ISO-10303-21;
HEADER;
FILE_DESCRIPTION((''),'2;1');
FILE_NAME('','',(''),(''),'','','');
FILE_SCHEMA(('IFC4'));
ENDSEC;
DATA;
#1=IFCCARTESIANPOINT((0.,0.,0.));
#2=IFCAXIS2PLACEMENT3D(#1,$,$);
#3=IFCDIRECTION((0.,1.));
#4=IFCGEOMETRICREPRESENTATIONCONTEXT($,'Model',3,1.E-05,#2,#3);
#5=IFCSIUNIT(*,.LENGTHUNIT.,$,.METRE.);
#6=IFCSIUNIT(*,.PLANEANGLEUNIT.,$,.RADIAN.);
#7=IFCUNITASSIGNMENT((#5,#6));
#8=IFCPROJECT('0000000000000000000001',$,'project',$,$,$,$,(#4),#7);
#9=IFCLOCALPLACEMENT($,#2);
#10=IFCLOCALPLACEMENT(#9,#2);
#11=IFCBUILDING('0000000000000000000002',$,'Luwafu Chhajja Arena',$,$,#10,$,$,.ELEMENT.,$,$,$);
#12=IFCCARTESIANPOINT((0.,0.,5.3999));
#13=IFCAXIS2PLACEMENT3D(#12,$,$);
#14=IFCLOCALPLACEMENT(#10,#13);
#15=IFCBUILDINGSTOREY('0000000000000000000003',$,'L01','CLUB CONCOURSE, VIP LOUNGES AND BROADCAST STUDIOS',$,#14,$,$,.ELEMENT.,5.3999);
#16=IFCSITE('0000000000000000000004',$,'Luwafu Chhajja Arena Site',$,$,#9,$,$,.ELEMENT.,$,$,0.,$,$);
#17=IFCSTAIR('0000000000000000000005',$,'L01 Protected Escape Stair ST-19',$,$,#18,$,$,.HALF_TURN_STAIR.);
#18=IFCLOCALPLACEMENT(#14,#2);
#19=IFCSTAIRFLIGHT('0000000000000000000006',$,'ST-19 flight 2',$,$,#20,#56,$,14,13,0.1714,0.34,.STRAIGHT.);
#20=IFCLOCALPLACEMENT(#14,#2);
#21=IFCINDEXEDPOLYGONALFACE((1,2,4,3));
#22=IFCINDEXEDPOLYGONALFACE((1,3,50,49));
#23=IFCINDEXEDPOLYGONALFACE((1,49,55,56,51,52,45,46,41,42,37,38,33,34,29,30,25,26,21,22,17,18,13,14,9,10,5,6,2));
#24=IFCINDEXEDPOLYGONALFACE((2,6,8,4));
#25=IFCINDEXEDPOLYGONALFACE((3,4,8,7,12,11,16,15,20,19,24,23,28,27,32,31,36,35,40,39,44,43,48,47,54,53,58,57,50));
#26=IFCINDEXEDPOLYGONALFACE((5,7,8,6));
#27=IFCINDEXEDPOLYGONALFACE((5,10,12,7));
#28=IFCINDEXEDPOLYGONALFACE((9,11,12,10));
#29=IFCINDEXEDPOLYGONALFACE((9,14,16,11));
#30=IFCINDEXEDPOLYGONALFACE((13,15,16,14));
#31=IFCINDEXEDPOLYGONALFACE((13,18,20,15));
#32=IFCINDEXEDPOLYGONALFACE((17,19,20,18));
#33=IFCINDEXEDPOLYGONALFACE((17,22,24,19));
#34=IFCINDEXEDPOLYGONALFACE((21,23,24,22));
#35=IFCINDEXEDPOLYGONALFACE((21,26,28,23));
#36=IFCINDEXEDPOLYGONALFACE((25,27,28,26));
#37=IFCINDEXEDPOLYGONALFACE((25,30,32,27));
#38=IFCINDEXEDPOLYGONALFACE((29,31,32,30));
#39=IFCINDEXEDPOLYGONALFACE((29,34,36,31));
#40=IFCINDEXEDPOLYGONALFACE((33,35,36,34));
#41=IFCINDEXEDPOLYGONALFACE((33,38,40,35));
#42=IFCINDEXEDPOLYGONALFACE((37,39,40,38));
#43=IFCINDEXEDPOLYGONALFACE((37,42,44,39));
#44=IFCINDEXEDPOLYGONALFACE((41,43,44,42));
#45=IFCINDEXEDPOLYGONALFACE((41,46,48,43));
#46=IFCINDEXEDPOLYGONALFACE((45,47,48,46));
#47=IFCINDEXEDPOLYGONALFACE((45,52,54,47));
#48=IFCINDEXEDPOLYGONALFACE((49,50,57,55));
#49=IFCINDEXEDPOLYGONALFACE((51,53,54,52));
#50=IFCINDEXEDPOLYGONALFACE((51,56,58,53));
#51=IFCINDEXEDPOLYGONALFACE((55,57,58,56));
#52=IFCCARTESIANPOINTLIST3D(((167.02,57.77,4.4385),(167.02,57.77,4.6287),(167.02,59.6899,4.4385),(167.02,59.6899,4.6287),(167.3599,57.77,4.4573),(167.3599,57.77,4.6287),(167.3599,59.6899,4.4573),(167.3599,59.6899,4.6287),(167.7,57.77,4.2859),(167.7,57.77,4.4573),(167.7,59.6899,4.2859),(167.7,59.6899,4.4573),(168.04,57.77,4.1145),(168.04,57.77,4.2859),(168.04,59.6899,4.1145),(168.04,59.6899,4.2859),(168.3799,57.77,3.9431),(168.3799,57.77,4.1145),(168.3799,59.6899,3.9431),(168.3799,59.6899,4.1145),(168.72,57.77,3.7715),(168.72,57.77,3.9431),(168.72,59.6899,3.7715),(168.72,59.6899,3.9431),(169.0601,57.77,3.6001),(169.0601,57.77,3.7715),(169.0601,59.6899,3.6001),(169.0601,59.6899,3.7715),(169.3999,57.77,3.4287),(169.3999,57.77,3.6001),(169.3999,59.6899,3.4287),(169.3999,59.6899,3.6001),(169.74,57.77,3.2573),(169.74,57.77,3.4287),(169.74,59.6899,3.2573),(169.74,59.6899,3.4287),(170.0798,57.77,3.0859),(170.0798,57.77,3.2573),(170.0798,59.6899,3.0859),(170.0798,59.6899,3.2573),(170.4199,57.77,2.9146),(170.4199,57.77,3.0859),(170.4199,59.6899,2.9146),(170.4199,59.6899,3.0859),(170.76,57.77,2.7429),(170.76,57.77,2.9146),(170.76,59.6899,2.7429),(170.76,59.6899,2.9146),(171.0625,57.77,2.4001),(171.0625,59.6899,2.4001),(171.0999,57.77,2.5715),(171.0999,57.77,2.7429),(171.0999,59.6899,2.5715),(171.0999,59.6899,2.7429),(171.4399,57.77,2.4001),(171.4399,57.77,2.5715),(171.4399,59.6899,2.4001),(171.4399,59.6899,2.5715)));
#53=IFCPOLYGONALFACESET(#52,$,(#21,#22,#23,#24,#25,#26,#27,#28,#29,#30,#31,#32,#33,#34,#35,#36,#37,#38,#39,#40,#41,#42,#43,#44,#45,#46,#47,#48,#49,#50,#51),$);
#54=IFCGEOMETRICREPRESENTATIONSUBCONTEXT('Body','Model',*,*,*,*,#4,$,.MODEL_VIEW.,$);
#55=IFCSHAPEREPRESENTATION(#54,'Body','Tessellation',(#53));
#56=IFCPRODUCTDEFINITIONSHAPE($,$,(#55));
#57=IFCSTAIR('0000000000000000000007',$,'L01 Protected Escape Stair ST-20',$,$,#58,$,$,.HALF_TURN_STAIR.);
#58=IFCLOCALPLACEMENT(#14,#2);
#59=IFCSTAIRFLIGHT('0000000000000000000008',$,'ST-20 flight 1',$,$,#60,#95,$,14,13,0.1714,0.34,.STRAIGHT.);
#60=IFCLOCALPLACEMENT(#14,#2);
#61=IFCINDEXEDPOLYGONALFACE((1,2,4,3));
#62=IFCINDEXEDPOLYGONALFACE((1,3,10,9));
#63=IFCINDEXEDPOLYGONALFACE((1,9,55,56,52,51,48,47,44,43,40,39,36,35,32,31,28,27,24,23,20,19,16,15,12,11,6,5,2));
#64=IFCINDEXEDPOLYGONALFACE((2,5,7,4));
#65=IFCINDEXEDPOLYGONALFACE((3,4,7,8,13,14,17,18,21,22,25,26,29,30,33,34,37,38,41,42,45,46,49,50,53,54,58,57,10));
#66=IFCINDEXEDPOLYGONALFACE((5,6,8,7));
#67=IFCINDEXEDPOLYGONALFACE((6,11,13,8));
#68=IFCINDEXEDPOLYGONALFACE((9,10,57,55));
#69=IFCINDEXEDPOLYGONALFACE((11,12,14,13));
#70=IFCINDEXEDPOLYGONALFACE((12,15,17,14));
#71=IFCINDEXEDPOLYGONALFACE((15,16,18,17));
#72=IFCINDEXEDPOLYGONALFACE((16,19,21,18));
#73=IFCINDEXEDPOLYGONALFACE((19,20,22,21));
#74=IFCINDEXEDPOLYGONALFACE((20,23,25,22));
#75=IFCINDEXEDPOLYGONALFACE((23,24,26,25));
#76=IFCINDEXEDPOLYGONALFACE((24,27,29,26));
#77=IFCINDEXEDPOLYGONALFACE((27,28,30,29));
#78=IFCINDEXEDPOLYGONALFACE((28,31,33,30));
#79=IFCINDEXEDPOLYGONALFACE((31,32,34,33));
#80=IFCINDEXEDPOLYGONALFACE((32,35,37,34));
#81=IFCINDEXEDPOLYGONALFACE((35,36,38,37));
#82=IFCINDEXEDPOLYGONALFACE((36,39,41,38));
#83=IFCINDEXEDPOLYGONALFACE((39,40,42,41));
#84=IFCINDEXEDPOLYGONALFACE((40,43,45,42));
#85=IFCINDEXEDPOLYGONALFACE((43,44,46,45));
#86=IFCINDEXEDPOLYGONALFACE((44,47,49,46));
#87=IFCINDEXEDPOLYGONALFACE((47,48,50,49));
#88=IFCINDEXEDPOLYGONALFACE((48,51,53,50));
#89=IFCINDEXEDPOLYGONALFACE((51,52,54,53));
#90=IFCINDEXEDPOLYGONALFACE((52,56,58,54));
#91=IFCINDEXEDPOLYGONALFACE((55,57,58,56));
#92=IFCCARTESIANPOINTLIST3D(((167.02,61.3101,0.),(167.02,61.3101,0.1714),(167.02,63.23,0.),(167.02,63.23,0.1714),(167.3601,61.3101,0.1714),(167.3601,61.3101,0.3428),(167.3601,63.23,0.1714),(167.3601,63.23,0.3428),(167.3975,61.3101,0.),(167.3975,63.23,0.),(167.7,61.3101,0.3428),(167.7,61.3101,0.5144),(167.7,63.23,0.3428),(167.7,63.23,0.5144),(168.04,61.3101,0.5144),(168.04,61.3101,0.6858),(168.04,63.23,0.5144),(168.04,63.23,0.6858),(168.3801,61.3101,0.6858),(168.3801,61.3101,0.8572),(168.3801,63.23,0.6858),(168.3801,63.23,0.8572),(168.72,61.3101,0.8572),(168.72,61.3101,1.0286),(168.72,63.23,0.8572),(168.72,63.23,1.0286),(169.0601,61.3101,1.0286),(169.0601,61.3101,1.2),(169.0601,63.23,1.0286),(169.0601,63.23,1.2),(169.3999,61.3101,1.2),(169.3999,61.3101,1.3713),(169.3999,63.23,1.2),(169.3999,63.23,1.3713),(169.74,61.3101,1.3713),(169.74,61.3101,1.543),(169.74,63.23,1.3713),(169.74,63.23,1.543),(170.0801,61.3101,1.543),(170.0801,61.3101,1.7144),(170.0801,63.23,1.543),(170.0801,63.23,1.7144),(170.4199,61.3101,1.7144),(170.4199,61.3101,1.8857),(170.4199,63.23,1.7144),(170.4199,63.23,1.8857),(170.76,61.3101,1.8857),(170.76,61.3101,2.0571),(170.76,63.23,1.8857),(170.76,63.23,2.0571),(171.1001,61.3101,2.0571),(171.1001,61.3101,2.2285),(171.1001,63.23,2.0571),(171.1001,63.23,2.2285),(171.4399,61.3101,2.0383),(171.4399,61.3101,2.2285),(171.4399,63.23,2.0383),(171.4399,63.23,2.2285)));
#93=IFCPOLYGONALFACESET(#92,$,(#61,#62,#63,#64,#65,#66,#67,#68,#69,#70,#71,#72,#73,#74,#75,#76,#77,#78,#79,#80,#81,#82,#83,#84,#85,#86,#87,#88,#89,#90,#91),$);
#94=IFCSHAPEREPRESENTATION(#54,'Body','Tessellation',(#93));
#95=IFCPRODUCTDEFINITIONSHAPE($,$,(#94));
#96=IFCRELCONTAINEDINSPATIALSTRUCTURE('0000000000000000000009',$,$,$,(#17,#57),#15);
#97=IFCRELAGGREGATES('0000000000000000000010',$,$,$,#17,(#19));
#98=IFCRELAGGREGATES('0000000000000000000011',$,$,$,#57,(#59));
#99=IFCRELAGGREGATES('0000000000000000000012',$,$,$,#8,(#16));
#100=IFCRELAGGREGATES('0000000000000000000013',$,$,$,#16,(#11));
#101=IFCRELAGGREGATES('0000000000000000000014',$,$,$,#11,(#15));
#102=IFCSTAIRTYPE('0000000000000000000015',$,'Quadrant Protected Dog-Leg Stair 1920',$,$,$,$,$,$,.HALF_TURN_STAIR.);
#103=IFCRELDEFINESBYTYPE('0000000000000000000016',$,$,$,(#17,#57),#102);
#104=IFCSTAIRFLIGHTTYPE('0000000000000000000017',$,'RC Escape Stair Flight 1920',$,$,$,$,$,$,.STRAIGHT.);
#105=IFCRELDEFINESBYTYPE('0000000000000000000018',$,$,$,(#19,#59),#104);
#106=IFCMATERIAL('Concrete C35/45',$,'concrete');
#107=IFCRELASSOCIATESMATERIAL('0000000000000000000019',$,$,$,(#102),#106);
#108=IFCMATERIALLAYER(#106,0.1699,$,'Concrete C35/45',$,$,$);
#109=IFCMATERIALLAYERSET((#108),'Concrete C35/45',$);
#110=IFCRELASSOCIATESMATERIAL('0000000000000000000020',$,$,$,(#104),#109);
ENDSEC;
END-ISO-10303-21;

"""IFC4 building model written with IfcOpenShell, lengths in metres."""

from ifc_helpers import new_model, si_unit, direction, frame, origin, place, context, subcontext, project, spatial, polyline, outline, extrude, material, layer, layer_set, type_object, element, aggregate, save


model = new_model("IFC4")

# Units and contexts
model_context = context("Model", 3, precision=1e-05, world=origin(), true_north=direction((0.0, 1.0)))
body_context = subcontext(model_context, "Body", "Model", "MODEL_VIEW")
ifc_project = project(units=[si_unit("LENGTHUNIT", "METRE"), si_unit("PLANEANGLEUNIT", "RADIAN")], contexts=[model_context])

# Site, building, storey
site_placement = place(None, origin())
site = spatial("IfcSite", under=ifc_project, at=site_placement, Name="Luwafu Chhajja Arena Site", CompositionType="ELEMENT", RefElevation=0.0)
building_placement = place(site_placement, origin())
building = spatial("IfcBuilding", under=site, at=building_placement, Name="Luwafu Chhajja Arena", CompositionType="ELEMENT")
storey_placement = place(building_placement, frame((0.0, 0.0, 5.3999)))
storey = spatial("IfcBuildingStorey", under=building, at=storey_placement, Name="L01", Description="CLUB CONCOURSE, VIP LOUNGES AND BROADCAST STUDIOS", CompositionType="ELEMENT", Elevation=5.3999)

# Shared definitions
ifc_material_1 = material(Name="Concrete C35/45", Category="concrete")

# Stair, stair flight
stair_type = type_object("IfcStairType", Name="Quadrant Protected Dog-Leg Stair 1920", PredefinedType="HALF_TURN_STAIR", material=ifc_material_1)
stair_1_placement = place(storey_placement, origin())
stair_1 = element("IfcStair", 1, at=stair_1_placement, inside=storey, type_object=stair_type, Name="L01 Protected Escape Stair ST-19", PredefinedType="HALF_TURN_STAIR")
ifc_layer_1 = layer(ifc_material_1, 0.1699, Name="Concrete C35/45")
ifc_layer_set_1 = layer_set([ifc_layer_1], Name="Concrete C35/45")
stair_flight_type = type_object("IfcStairFlightType", Name="RC Escape Stair Flight 1920", PredefinedType="STRAIGHT", material=ifc_layer_set_1)
stair_flight_1_placement = place(storey_placement, frame((171.4399, 58.73, 2.4001), z_axis=(0.0, 0.0, 1.0), x_axis=(-1.0, 0.0, 0.0)))
stair_flight_1 = element("IfcStairFlight", 2, at=stair_flight_1_placement, type_object=stair_flight_type, Name="ST-19 flight 2", NumberOfRisers=14, NumberOfTreads=13, PredefinedType="STRAIGHT", RiserHeight=0.1714, TreadLength=0.34, context=body_context, shape_type="SweptSolid", body=[
    extrude(outline(polyline([(0.0, 0.0), (0.0, 0.1714), (0.3401, 0.1714), (0.3401, 0.3428), (0.6799, 0.3428), (0.6799, 0.5144), (1.02, 0.5144), (1.02, 0.6858), (1.3601, 0.6858), (1.3601, 0.8572), (1.7, 0.8572), (1.7, 1.0286), (2.04, 1.0286), (2.04, 1.2), (2.3799, 1.2), (2.3799, 1.3713), (2.72, 1.3713), (2.72, 1.543), (3.0601, 1.543), (3.0601, 1.7144), (3.3999, 1.7144), (3.3999, 1.8857), (3.74, 1.8857), (3.74, 2.0571), (4.0801, 2.0571), (4.0801, 2.2285), (4.4199, 2.2285), (4.4199, 2.3999), (4.4199, 2.0383), (0.3774, 0.0), (0.0, 0.0)])), frame((0.0, 0.96, 0.0), z_axis=(0.0, -1.0, 0.0), x_axis=(1.0, 0.0, 0.0)), (0.0, 0.0, 1.0), 1.9199),
])
aggregate(stair_1, [stair_flight_1])

# Stair, stair flight
stair_2_placement = place(storey_placement, origin())
stair_2 = element("IfcStair", 3, at=stair_2_placement, inside=storey, type_object=stair_type, Name="L01 Protected Escape Stair ST-20", PredefinedType="HALF_TURN_STAIR")
stair_flight_2_placement = place(storey_placement, frame((167.02, 62.27, 0.0), z_axis=(0.0, 0.0, 1.0), x_axis=(1.0, 0.0, 0.0)))
stair_flight_2 = element("IfcStairFlight", 4, at=stair_flight_2_placement, type_object=stair_flight_type, Name="ST-20 flight 1", NumberOfRisers=14, NumberOfTreads=13, PredefinedType="STRAIGHT", RiserHeight=0.1714, TreadLength=0.34, context=body_context, shape_type="SweptSolid", body=[
    extrude(outline(polyline([(0.0, 0.0), (0.0, 0.1714), (0.3401, 0.1714), (0.3401, 0.3428), (0.6799, 0.3428), (0.6799, 0.5144), (1.02, 0.5144), (1.02, 0.6858), (1.3601, 0.6858), (1.3601, 0.8572), (1.7, 0.8572), (1.7, 1.0286), (2.04, 1.0286), (2.04, 1.2), (2.3799, 1.2), (2.3799, 1.3713), (2.72, 1.3713), (2.72, 1.543), (3.0601, 1.543), (3.0601, 1.7144), (3.3999, 1.7144), (3.3999, 1.8857), (3.74, 1.8857), (3.74, 2.0571), (4.0801, 2.0571), (4.0801, 2.2285), (4.4199, 2.2285), (4.4199, 2.3999), (4.4199, 2.0383), (0.3774, 0.0), (0.0, 0.0)])), frame((0.0, 0.96, 0.0), z_axis=(0.0, -1.0, 0.0), x_axis=(1.0, 0.0, 0.0)), (0.0, 0.0, 1.0), 1.9199),
])
aggregate(stair_2, [stair_flight_2])

save(model, "model.ifc")
